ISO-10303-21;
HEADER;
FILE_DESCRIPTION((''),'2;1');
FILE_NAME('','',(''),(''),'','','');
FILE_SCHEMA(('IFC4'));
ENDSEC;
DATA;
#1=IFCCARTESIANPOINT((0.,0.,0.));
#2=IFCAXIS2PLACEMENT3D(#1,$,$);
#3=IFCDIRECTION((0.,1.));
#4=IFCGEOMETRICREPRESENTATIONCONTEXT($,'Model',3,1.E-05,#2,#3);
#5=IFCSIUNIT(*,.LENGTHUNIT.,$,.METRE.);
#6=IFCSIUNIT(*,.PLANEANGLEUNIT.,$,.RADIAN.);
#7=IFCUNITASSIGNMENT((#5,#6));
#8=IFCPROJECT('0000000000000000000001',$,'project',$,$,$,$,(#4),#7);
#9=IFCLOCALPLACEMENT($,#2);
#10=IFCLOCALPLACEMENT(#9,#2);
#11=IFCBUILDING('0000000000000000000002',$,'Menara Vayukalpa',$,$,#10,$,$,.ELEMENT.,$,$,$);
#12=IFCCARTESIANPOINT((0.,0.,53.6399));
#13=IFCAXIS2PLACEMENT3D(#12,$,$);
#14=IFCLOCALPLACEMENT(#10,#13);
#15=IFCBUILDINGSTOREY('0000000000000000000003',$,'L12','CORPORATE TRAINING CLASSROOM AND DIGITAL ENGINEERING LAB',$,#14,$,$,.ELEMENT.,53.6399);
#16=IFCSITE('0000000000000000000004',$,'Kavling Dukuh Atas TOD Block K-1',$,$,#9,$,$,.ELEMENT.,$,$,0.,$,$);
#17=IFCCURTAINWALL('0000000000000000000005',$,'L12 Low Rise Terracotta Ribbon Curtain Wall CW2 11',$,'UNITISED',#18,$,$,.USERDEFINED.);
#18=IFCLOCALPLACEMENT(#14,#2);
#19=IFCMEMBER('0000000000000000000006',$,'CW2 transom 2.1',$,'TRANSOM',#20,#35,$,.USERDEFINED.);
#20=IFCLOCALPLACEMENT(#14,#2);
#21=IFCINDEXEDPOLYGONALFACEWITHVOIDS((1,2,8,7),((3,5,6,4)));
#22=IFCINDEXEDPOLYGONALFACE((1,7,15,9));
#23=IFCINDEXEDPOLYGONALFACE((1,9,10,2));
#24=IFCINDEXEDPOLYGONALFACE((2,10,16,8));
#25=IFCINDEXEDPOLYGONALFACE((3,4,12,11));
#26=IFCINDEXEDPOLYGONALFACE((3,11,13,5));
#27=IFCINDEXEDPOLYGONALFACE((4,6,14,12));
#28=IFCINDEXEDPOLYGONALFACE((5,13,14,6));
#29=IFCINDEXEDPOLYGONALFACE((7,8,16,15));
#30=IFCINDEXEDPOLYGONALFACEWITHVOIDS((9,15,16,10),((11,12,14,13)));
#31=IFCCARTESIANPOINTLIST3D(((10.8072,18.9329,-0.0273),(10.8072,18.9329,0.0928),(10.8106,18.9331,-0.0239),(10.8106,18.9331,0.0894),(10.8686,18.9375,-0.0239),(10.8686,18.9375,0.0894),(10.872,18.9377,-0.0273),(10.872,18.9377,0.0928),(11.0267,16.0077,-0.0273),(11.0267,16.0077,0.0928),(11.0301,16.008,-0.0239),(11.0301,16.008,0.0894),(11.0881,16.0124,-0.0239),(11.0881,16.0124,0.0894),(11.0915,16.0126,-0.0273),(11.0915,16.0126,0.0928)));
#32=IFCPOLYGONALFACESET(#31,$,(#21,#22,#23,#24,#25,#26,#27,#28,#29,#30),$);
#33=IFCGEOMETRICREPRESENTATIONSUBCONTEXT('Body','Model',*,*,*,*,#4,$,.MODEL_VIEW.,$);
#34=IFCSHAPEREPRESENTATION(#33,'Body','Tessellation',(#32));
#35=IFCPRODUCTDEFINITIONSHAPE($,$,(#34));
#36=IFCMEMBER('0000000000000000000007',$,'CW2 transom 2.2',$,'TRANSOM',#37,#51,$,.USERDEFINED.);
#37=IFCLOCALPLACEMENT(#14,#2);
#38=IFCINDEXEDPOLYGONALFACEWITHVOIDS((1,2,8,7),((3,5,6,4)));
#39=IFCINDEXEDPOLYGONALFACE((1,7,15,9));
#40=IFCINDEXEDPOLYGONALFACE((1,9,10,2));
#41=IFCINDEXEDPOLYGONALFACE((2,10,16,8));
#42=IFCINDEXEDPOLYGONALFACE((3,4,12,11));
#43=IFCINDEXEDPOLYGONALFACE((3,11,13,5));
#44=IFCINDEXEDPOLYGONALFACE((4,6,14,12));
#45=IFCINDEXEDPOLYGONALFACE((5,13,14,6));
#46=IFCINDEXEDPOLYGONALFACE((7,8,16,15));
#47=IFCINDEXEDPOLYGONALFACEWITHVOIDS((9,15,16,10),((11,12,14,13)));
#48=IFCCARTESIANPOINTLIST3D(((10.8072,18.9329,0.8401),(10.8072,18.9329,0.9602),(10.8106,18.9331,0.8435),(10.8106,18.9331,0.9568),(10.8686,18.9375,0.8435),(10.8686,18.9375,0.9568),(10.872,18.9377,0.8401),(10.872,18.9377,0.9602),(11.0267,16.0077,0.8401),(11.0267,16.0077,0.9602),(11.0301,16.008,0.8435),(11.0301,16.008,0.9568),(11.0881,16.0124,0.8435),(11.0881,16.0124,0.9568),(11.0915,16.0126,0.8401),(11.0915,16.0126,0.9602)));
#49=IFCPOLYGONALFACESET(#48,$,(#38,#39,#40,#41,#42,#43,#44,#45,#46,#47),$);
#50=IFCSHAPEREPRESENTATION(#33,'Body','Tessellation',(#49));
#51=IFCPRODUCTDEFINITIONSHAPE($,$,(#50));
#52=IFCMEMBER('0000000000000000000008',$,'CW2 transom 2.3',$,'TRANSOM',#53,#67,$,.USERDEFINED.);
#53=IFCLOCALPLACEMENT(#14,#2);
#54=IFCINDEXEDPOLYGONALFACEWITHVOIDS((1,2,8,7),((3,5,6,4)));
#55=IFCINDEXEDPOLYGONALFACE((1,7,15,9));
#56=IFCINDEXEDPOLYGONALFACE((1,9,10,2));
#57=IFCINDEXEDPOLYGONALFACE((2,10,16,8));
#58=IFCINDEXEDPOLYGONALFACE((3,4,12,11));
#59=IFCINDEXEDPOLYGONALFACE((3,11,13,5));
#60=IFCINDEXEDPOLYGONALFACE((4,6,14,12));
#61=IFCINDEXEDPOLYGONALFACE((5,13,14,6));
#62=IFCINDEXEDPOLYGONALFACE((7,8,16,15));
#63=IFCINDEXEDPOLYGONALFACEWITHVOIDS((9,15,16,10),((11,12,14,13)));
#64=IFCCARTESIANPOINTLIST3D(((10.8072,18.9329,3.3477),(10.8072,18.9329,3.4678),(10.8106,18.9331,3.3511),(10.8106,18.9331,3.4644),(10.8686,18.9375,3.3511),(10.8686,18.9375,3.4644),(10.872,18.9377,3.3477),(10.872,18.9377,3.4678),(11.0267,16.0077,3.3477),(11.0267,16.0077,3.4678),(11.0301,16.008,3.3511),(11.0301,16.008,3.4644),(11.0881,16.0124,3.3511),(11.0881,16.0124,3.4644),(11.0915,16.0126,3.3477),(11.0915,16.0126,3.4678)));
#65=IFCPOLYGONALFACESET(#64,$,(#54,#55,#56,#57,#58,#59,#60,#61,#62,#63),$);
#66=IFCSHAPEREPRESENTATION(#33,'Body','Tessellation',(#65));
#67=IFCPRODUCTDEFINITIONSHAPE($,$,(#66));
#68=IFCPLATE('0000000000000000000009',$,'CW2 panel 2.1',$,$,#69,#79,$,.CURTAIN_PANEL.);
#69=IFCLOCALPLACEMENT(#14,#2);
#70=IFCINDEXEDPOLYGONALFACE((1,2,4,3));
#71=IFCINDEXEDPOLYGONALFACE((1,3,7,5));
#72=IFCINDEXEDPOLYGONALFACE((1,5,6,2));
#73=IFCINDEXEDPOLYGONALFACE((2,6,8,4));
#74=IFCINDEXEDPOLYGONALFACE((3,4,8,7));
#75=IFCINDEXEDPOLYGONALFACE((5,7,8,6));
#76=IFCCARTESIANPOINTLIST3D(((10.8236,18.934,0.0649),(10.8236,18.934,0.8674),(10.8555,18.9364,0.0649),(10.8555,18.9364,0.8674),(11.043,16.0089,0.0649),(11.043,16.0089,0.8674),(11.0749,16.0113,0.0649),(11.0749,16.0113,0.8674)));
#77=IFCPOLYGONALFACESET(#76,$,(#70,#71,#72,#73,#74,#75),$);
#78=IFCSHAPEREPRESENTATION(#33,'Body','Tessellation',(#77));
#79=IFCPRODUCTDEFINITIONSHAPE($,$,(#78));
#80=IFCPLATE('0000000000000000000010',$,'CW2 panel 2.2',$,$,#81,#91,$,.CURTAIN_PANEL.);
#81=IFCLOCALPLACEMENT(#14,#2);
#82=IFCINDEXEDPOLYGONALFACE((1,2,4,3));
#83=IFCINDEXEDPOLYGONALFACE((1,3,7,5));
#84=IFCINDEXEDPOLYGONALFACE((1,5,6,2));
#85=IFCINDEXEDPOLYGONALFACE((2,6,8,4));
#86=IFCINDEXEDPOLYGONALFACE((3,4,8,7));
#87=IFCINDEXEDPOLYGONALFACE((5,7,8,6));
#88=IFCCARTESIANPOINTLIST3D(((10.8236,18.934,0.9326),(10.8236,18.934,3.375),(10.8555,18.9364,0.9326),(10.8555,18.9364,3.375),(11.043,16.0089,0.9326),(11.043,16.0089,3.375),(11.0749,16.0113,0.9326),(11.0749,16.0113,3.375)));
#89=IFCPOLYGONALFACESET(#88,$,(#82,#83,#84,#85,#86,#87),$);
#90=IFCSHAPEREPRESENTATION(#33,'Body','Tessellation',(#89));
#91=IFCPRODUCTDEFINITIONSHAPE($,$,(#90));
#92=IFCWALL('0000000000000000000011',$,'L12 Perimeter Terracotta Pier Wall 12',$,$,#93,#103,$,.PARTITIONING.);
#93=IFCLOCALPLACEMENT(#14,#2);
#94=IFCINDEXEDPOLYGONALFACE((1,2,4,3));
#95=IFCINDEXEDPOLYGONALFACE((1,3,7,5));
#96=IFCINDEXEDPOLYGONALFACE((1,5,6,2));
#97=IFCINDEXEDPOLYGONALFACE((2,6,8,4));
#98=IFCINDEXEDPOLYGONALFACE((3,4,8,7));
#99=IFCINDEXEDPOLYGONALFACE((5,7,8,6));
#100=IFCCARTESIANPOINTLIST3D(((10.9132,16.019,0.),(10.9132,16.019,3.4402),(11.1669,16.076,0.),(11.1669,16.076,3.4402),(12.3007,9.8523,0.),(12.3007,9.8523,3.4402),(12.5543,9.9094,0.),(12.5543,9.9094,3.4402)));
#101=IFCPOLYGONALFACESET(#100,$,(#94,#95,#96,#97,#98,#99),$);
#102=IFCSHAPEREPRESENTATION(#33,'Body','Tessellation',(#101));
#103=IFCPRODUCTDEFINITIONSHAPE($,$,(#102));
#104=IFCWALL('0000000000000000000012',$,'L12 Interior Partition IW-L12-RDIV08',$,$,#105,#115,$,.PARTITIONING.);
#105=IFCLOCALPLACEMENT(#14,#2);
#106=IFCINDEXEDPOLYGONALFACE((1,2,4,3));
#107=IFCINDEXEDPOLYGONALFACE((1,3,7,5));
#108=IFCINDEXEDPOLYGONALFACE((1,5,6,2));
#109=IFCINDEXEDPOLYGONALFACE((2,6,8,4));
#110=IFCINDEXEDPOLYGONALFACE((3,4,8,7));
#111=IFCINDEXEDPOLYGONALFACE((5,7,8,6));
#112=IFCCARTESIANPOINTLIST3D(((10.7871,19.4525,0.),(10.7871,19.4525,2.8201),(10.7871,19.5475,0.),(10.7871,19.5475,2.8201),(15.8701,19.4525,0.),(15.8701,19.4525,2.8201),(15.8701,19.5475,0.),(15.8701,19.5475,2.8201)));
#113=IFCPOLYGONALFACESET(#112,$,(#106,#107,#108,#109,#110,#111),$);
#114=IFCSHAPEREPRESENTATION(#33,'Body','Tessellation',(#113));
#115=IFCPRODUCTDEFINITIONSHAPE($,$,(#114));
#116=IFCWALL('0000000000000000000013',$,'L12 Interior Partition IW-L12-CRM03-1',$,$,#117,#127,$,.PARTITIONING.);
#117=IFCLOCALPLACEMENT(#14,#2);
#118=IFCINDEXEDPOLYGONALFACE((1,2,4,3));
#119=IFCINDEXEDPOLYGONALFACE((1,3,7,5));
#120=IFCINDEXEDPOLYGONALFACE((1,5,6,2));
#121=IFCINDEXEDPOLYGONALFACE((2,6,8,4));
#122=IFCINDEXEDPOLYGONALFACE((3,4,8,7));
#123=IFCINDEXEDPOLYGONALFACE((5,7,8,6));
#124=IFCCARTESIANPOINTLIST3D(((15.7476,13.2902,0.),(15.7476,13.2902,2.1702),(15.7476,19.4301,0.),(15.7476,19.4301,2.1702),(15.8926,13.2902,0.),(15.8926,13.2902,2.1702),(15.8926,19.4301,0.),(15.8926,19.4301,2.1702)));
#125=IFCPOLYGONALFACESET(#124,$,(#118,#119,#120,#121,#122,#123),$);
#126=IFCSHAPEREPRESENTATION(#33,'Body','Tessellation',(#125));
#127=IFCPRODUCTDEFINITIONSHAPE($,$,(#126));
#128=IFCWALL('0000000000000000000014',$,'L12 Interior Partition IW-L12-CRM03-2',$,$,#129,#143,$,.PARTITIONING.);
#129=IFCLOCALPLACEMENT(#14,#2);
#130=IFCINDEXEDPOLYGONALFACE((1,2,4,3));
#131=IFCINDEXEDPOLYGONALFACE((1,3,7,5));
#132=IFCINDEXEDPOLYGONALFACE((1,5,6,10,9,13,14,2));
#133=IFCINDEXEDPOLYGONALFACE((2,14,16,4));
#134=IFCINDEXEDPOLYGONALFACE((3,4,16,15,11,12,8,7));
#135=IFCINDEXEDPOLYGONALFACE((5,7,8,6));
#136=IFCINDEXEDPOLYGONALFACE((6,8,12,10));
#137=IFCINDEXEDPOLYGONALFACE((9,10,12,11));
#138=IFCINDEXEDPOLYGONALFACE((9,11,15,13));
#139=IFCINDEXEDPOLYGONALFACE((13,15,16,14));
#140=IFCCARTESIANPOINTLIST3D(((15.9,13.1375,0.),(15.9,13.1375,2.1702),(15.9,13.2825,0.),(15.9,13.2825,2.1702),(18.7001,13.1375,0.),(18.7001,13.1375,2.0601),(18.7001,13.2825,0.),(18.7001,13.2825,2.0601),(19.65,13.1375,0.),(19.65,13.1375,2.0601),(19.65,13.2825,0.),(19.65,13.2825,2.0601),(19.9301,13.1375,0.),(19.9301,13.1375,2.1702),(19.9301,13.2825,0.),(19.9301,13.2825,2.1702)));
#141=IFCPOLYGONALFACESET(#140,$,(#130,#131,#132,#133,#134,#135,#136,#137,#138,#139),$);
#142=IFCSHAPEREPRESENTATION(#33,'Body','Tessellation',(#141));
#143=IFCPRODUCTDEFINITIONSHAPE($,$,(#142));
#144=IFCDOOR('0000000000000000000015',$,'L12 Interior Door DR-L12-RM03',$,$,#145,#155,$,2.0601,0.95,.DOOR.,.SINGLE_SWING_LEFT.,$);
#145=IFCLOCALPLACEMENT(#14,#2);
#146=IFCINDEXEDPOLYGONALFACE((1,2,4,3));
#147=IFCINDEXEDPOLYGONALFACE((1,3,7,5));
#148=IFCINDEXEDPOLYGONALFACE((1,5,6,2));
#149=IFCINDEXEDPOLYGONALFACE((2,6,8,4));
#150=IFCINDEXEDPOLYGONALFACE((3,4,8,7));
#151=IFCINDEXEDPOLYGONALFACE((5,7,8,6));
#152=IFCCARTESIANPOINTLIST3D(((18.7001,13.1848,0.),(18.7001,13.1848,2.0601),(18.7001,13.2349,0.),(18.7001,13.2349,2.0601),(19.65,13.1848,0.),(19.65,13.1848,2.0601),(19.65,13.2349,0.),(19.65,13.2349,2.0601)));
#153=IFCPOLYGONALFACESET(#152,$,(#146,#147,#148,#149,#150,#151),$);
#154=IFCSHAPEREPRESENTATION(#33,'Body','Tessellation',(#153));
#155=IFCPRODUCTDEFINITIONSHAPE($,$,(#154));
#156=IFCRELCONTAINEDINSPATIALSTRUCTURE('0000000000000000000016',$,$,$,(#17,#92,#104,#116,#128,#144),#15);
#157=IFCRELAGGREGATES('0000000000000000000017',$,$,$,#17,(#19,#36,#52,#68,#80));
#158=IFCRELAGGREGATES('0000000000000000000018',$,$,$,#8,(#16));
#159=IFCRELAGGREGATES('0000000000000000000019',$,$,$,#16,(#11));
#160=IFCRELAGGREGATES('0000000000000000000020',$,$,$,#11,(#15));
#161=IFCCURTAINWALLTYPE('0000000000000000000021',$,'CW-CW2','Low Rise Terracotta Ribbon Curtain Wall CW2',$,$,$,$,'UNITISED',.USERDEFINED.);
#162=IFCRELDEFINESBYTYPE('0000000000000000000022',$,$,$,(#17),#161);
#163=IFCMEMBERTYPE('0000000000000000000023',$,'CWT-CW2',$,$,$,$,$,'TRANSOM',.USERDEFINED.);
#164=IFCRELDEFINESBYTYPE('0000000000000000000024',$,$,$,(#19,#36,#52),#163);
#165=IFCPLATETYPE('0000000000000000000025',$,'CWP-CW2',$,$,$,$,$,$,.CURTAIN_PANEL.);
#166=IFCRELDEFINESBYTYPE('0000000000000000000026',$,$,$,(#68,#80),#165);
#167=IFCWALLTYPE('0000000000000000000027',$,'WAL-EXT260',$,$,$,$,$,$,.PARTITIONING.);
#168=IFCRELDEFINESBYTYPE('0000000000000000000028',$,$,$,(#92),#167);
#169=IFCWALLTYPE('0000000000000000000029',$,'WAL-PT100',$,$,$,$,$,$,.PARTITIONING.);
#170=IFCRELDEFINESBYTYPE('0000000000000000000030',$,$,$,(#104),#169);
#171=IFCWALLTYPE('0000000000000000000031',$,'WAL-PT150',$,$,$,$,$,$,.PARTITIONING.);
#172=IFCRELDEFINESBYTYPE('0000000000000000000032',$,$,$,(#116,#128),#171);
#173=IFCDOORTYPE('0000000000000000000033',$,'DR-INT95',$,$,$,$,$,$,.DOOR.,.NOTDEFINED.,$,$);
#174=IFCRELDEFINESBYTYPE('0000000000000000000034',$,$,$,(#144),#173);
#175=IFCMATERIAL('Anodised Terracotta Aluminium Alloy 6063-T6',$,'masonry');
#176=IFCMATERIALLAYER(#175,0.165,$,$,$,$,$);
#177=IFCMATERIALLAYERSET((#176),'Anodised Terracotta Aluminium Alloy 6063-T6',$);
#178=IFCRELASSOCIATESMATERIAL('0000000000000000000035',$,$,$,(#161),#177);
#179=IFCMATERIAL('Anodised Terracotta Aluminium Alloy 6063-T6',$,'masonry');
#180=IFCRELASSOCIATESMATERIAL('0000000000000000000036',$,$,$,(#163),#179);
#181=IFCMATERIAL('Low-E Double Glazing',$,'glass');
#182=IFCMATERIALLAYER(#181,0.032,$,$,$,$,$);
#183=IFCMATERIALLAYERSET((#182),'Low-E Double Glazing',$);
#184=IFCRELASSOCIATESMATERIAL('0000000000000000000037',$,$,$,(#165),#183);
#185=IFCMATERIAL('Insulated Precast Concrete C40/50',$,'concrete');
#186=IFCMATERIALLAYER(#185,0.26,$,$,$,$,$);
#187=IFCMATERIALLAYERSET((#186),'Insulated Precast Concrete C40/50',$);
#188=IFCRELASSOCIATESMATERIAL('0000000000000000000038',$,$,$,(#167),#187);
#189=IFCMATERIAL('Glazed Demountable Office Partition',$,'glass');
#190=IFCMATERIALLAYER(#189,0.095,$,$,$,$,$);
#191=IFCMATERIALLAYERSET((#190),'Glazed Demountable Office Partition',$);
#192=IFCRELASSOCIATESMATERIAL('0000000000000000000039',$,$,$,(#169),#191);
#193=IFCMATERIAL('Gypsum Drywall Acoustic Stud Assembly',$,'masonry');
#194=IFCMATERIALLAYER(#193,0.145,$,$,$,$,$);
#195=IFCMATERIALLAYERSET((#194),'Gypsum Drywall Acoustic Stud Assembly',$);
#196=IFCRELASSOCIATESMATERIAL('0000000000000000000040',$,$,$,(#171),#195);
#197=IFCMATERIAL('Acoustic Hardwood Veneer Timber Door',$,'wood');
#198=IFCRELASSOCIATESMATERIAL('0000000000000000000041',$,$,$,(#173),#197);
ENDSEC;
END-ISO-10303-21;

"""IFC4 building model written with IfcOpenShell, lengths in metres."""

from ifc_helpers import new_model, si_unit, direction, frame, frame_2d, origin, origin_2d, place, context, subcontext, project, spatial, rectangle, hollow_rectangle, extrude, material, layer, layer_set, material_profile, profile_set, type_object, element, fill, aggregate, save


model = new_model("IFC4")

# Units and contexts
model_context = context("Model", 3, precision=1e-05, world=origin(), true_north=direction((0.0, 1.0)))
body_context = subcontext(model_context, "Body", "Model", "MODEL_VIEW")
ifc_project = project(units=[si_unit("LENGTHUNIT", "METRE"), si_unit("PLANEANGLEUNIT", "RADIAN")], contexts=[model_context])

# Site, building, storey
site_placement = place(None, origin())
site = spatial("IfcSite", under=ifc_project, at=site_placement, Name="Kavling Dukuh Atas TOD Block K-1", CompositionType="ELEMENT", RefElevation=0.0)
building_placement = place(site_placement, origin())
building = spatial("IfcBuilding", under=site, at=building_placement, Name="Menara Vayukalpa", CompositionType="ELEMENT")
storey_placement = place(building_placement, frame((0.0, 0.0, 53.6399)))
storey = spatial("IfcBuildingStorey", under=building, at=storey_placement, Name="L12", Description="CORPORATE TRAINING CLASSROOM AND DIGITAL ENGINEERING LAB", CompositionType="ELEMENT", Elevation=53.6399)

# Curtain wall, members, plates
ifc_material_1 = material(Name="Anodised Terracotta Aluminium Alloy 6063-T6", Category="masonry")
ifc_layer_1 = layer(ifc_material_1, 0.165)
ifc_layer_set_1 = layer_set([ifc_layer_1], Name="Anodised Terracotta Aluminium Alloy 6063-T6")
curtain_wall_type = type_object("IfcCurtainWallType", Name="CW-CW2", Description="Low Rise Terracotta Ribbon Curtain Wall CW2", ElementType="UNITISED", PredefinedType="USERDEFINED", material=ifc_layer_set_1)
curtain_wall_placement = place(storey_placement, origin())
curtain_wall = element("IfcCurtainWall", 1, at=curtain_wall_placement, inside=storey, type_object=curtain_wall_type, Name="L12 Low Rise Terracotta Ribbon Curtain Wall CW2 11", ObjectType="UNITISED", PredefinedType="USERDEFINED")
ifc_material_2 = material(Name="Anodised Terracotta Aluminium Alloy 6063-T6", Category="masonry")
ifc_material_profile_1 = material_profile(ifc_material_2, hollow_rectangle(XDim=0.0649, YDim=0.1201, WallThickness=0.0034, at=origin_2d()), Name="ALU 65x120x3.5")
ifc_profile_set_1 = profile_set([ifc_material_profile_1], Name="Anodised Terracotta Aluminium Alloy 6063-T6")
member_type_1 = type_object("IfcMemberType", Name="CWT-CW2", ElementType="TRANSOM", PredefinedType="USERDEFINED", material=ifc_profile_set_1)
member_1_placement = place(storey_placement, frame((10.8396, 18.9353, 0.0327), z_axis=(0.074825, -0.997197, 0.0), x_axis=(0.997197, 0.074825, 0.0)))
member_1 = element("IfcMember", 2, at=member_1_placement, type_object=member_type_1, Name="CW2 transom 2.1", ObjectType="TRANSOM", PredefinedType="USERDEFINED", context=body_context, shape_type="SweptSolid", body=[
    extrude(hollow_rectangle(XDim=0.0649, YDim=0.1201, WallThickness=0.0034, at=origin_2d()), origin(), (0.0, 0.0, 1.0), 2.9333),
])
member_2_placement = place(storey_placement, frame((10.8396, 18.9353, 0.9001), z_axis=(0.074825, -0.997197, 0.0), x_axis=(0.997197, 0.074825, 0.0)))
member_2 = element("IfcMember", 3, at=member_2_placement, type_object=member_type_1, Name="CW2 transom 2.2", ObjectType="TRANSOM", PredefinedType="USERDEFINED", context=body_context, shape_type="SweptSolid", body=[
    extrude(hollow_rectangle(XDim=0.0649, YDim=0.1201, WallThickness=0.0034, at=origin_2d()), origin(), (0.0, 0.0, 1.0), 2.9333),
])
member_3_placement = place(storey_placement, frame((10.8396, 18.9353, 3.4077), z_axis=(0.074825, -0.997197, 0.0), x_axis=(0.997197, 0.074825, 0.0)))
member_3 = element("IfcMember", 4, at=member_3_placement, type_object=member_type_1, Name="CW2 transom 2.3", ObjectType="TRANSOM", PredefinedType="USERDEFINED", context=body_context, shape_type="SweptSolid", body=[
    extrude(hollow_rectangle(XDim=0.0649, YDim=0.1201, WallThickness=0.0034, at=origin_2d()), origin(), (0.0, 0.0, 1.0), 2.9333),
])
ifc_material_3 = material(Name="Low-E Double Glazing", Category="glass")
ifc_layer_2 = layer(ifc_material_3, 0.032)
ifc_layer_set_2 = layer_set([ifc_layer_2], Name="Low-E Double Glazing")
plate_type = type_object("IfcPlateType", Name="CWP-CW2", PredefinedType="CURTAIN_PANEL", material=ifc_layer_set_2)
plate_1_placement = place(storey_placement, frame((10.9492, 17.4727, 0.0649), z_axis=(0.0, 0.0, 1.0), x_axis=(0.074795, -0.997199, 0.0)))
plate_1 = element("IfcPlate", 5, at=plate_1_placement, type_object=plate_type, Name="CW2 panel 2.1", PredefinedType="CURTAIN_PANEL", context=body_context, shape_type="SweptSolid", body=[
    extrude(rectangle(XDim=2.9333, YDim=0.032, at=origin_2d()), origin(), (0.0, 0.0, 1.0), 0.8025),
])
plate_2_placement = place(storey_placement, frame((10.9492, 17.4727, 0.9326), z_axis=(0.0, 0.0, 1.0), x_axis=(0.074795, -0.997199, 0.0)))
plate_2 = element("IfcPlate", 6, at=plate_2_placement, type_object=plate_type, Name="CW2 panel 2.2", PredefinedType="CURTAIN_PANEL", context=body_context, shape_type="SweptSolid", body=[
    extrude(rectangle(XDim=2.9333, YDim=0.032, at=origin_2d()), origin(), (0.0, 0.0, 1.0), 2.4424),
])
aggregate(curtain_wall, [member_1, member_2, member_3, plate_1, plate_2])

# Walls
ifc_material_4 = material(Name="Insulated Precast Concrete C40/50", Category="concrete")
ifc_layer_3 = layer(ifc_material_4, 0.26)
ifc_layer_set_3 = layer_set([ifc_layer_3], Name="Insulated Precast Concrete C40/50")
wall_type_1 = type_object("IfcWallType", Name="WAL-EXT260", PredefinedType="PARTITIONING", material=ifc_layer_set_3)
wall_1_placement = place(storey_placement, frame((12.4275, 9.8809, 0.0), z_axis=(0.0, 0.0, 1.0), x_axis=(-0.219502, 0.975612, 0.0)))
element("IfcWall", 7, at=wall_1_placement, inside=storey, type_object=wall_type_1, Name="L12 Perimeter Terracotta Pier Wall 12", PredefinedType="PARTITIONING", context=body_context, shape_type="SweptSolid", body=[
    extrude(rectangle(XDim=6.3208, YDim=0.26, at=frame_2d((3.1604, 0.0))), origin(), (0.0, 0.0, 1.0), 3.4402),
])
ifc_material_5 = material(Name="Glazed Demountable Office Partition", Category="glass")
ifc_layer_4 = layer(ifc_material_5, 0.095)
ifc_layer_set_4 = layer_set([ifc_layer_4], Name="Glazed Demountable Office Partition")
wall_type_2 = type_object("IfcWallType", Name="WAL-PT100", PredefinedType="PARTITIONING", material=ifc_layer_set_4)
wall_2_placement = place(storey_placement, frame((10.7871, 19.5, 0.0), z_axis=(0.0, 0.0, 1.0), x_axis=(1.0, 0.0, 0.0)))
element("IfcWall", 8, at=wall_2_placement, inside=storey, type_object=wall_type_2, Name="L12 Interior Partition IW-L12-RDIV08", PredefinedType="PARTITIONING", context=body_context, shape_type="SweptSolid", body=[
    extrude(rectangle(XDim=5.083, YDim=0.095, at=frame_2d((2.5415, 0.0))), origin(), (0.0, 0.0, 1.0), 2.8201),
])
ifc_material_6 = material(Name="Gypsum Drywall Acoustic Stud Assembly", Category="masonry")
ifc_layer_5 = layer(ifc_material_6, 0.145)
ifc_layer_set_5 = layer_set([ifc_layer_5], Name="Gypsum Drywall Acoustic Stud Assembly")
wall_type_3 = type_object("IfcWallType", Name="WAL-PT150", PredefinedType="PARTITIONING", material=ifc_layer_set_5)
wall_3_placement = place(storey_placement, frame((15.8201, 19.4299, 0.0), z_axis=(0.0, 0.0, 1.0), x_axis=(0.0, -1.0, 0.0)))
element("IfcWall", 9, at=wall_3_placement, inside=storey, type_object=wall_type_3, Name="L12 Interior Partition IW-L12-CRM03-1", PredefinedType="PARTITIONING", context=body_context, shape_type="SweptSolid", body=[
    extrude(rectangle(XDim=6.1399, YDim=0.145, at=frame_2d((3.0698, 0.0))), origin(), (0.0, 0.0, 1.0), 2.1702),
])

# Wall, opening, door
wall_4_placement = place(storey_placement, frame((15.8999, 13.21, 0.0), z_axis=(0.0, 0.0, 1.0), x_axis=(1.0, 0.0, 0.0)))
wall_4 = element("IfcWall", 10, at=wall_4_placement, inside=storey, type_object=wall_type_3, Name="L12 Interior Partition IW-L12-CRM03-2", PredefinedType="PARTITIONING", context=body_context, shape_type="SweptSolid", body=[
    extrude(rectangle(XDim=4.03, YDim=0.145, at=frame_2d((2.0151, 0.0))), origin(), (0.0, 0.0, 1.0), 2.1702),
])
opening_placement = place(wall_4_placement, frame((2.8, 0.0, 0.0)))
opening = element("IfcOpeningElement", 11, at=opening_placement, cuts=wall_4, PredefinedType="OPENING", context=body_context, shape_type="SweptSolid", body=[
    extrude(rectangle(XDim=0.95, YDim=2.0601, at=frame_2d((0.4751, 1.03))), frame((0.0, 0.0825, 0.0), z_axis=(0.0, -1.0, 0.0), x_axis=(1.0, 0.0, 0.0)), (0.0, 0.0, 1.0), 0.165),
])
ifc_material_7 = material(Name="Acoustic Hardwood Veneer Timber Door", Category="wood")
door_type = type_object("IfcDoorType", Name="DR-INT95", OperationType="NOTDEFINED", PredefinedType="DOOR", material=ifc_material_7)
door_placement = place(opening_placement, origin())
door = element("IfcDoor", 12, at=door_placement, inside=storey, type_object=door_type, Name="L12 Interior Door DR-L12-RM03", OperationType="SINGLE_SWING_LEFT", OverallHeight=2.0601, OverallWidth=0.95, PredefinedType="DOOR", context=body_context, shape_type="SweptSolid", body=[
    extrude(rectangle(XDim=0.95, YDim=2.0601, at=frame_2d((0.4751, 1.03))), frame((0.0, 0.0249, 0.0), z_axis=(0.0, -1.0, 0.0), x_axis=(1.0, 0.0, 0.0)), (0.0, 0.0, 1.0), 0.05),
])
fill(opening, door)

save(model, "model.ifc")
